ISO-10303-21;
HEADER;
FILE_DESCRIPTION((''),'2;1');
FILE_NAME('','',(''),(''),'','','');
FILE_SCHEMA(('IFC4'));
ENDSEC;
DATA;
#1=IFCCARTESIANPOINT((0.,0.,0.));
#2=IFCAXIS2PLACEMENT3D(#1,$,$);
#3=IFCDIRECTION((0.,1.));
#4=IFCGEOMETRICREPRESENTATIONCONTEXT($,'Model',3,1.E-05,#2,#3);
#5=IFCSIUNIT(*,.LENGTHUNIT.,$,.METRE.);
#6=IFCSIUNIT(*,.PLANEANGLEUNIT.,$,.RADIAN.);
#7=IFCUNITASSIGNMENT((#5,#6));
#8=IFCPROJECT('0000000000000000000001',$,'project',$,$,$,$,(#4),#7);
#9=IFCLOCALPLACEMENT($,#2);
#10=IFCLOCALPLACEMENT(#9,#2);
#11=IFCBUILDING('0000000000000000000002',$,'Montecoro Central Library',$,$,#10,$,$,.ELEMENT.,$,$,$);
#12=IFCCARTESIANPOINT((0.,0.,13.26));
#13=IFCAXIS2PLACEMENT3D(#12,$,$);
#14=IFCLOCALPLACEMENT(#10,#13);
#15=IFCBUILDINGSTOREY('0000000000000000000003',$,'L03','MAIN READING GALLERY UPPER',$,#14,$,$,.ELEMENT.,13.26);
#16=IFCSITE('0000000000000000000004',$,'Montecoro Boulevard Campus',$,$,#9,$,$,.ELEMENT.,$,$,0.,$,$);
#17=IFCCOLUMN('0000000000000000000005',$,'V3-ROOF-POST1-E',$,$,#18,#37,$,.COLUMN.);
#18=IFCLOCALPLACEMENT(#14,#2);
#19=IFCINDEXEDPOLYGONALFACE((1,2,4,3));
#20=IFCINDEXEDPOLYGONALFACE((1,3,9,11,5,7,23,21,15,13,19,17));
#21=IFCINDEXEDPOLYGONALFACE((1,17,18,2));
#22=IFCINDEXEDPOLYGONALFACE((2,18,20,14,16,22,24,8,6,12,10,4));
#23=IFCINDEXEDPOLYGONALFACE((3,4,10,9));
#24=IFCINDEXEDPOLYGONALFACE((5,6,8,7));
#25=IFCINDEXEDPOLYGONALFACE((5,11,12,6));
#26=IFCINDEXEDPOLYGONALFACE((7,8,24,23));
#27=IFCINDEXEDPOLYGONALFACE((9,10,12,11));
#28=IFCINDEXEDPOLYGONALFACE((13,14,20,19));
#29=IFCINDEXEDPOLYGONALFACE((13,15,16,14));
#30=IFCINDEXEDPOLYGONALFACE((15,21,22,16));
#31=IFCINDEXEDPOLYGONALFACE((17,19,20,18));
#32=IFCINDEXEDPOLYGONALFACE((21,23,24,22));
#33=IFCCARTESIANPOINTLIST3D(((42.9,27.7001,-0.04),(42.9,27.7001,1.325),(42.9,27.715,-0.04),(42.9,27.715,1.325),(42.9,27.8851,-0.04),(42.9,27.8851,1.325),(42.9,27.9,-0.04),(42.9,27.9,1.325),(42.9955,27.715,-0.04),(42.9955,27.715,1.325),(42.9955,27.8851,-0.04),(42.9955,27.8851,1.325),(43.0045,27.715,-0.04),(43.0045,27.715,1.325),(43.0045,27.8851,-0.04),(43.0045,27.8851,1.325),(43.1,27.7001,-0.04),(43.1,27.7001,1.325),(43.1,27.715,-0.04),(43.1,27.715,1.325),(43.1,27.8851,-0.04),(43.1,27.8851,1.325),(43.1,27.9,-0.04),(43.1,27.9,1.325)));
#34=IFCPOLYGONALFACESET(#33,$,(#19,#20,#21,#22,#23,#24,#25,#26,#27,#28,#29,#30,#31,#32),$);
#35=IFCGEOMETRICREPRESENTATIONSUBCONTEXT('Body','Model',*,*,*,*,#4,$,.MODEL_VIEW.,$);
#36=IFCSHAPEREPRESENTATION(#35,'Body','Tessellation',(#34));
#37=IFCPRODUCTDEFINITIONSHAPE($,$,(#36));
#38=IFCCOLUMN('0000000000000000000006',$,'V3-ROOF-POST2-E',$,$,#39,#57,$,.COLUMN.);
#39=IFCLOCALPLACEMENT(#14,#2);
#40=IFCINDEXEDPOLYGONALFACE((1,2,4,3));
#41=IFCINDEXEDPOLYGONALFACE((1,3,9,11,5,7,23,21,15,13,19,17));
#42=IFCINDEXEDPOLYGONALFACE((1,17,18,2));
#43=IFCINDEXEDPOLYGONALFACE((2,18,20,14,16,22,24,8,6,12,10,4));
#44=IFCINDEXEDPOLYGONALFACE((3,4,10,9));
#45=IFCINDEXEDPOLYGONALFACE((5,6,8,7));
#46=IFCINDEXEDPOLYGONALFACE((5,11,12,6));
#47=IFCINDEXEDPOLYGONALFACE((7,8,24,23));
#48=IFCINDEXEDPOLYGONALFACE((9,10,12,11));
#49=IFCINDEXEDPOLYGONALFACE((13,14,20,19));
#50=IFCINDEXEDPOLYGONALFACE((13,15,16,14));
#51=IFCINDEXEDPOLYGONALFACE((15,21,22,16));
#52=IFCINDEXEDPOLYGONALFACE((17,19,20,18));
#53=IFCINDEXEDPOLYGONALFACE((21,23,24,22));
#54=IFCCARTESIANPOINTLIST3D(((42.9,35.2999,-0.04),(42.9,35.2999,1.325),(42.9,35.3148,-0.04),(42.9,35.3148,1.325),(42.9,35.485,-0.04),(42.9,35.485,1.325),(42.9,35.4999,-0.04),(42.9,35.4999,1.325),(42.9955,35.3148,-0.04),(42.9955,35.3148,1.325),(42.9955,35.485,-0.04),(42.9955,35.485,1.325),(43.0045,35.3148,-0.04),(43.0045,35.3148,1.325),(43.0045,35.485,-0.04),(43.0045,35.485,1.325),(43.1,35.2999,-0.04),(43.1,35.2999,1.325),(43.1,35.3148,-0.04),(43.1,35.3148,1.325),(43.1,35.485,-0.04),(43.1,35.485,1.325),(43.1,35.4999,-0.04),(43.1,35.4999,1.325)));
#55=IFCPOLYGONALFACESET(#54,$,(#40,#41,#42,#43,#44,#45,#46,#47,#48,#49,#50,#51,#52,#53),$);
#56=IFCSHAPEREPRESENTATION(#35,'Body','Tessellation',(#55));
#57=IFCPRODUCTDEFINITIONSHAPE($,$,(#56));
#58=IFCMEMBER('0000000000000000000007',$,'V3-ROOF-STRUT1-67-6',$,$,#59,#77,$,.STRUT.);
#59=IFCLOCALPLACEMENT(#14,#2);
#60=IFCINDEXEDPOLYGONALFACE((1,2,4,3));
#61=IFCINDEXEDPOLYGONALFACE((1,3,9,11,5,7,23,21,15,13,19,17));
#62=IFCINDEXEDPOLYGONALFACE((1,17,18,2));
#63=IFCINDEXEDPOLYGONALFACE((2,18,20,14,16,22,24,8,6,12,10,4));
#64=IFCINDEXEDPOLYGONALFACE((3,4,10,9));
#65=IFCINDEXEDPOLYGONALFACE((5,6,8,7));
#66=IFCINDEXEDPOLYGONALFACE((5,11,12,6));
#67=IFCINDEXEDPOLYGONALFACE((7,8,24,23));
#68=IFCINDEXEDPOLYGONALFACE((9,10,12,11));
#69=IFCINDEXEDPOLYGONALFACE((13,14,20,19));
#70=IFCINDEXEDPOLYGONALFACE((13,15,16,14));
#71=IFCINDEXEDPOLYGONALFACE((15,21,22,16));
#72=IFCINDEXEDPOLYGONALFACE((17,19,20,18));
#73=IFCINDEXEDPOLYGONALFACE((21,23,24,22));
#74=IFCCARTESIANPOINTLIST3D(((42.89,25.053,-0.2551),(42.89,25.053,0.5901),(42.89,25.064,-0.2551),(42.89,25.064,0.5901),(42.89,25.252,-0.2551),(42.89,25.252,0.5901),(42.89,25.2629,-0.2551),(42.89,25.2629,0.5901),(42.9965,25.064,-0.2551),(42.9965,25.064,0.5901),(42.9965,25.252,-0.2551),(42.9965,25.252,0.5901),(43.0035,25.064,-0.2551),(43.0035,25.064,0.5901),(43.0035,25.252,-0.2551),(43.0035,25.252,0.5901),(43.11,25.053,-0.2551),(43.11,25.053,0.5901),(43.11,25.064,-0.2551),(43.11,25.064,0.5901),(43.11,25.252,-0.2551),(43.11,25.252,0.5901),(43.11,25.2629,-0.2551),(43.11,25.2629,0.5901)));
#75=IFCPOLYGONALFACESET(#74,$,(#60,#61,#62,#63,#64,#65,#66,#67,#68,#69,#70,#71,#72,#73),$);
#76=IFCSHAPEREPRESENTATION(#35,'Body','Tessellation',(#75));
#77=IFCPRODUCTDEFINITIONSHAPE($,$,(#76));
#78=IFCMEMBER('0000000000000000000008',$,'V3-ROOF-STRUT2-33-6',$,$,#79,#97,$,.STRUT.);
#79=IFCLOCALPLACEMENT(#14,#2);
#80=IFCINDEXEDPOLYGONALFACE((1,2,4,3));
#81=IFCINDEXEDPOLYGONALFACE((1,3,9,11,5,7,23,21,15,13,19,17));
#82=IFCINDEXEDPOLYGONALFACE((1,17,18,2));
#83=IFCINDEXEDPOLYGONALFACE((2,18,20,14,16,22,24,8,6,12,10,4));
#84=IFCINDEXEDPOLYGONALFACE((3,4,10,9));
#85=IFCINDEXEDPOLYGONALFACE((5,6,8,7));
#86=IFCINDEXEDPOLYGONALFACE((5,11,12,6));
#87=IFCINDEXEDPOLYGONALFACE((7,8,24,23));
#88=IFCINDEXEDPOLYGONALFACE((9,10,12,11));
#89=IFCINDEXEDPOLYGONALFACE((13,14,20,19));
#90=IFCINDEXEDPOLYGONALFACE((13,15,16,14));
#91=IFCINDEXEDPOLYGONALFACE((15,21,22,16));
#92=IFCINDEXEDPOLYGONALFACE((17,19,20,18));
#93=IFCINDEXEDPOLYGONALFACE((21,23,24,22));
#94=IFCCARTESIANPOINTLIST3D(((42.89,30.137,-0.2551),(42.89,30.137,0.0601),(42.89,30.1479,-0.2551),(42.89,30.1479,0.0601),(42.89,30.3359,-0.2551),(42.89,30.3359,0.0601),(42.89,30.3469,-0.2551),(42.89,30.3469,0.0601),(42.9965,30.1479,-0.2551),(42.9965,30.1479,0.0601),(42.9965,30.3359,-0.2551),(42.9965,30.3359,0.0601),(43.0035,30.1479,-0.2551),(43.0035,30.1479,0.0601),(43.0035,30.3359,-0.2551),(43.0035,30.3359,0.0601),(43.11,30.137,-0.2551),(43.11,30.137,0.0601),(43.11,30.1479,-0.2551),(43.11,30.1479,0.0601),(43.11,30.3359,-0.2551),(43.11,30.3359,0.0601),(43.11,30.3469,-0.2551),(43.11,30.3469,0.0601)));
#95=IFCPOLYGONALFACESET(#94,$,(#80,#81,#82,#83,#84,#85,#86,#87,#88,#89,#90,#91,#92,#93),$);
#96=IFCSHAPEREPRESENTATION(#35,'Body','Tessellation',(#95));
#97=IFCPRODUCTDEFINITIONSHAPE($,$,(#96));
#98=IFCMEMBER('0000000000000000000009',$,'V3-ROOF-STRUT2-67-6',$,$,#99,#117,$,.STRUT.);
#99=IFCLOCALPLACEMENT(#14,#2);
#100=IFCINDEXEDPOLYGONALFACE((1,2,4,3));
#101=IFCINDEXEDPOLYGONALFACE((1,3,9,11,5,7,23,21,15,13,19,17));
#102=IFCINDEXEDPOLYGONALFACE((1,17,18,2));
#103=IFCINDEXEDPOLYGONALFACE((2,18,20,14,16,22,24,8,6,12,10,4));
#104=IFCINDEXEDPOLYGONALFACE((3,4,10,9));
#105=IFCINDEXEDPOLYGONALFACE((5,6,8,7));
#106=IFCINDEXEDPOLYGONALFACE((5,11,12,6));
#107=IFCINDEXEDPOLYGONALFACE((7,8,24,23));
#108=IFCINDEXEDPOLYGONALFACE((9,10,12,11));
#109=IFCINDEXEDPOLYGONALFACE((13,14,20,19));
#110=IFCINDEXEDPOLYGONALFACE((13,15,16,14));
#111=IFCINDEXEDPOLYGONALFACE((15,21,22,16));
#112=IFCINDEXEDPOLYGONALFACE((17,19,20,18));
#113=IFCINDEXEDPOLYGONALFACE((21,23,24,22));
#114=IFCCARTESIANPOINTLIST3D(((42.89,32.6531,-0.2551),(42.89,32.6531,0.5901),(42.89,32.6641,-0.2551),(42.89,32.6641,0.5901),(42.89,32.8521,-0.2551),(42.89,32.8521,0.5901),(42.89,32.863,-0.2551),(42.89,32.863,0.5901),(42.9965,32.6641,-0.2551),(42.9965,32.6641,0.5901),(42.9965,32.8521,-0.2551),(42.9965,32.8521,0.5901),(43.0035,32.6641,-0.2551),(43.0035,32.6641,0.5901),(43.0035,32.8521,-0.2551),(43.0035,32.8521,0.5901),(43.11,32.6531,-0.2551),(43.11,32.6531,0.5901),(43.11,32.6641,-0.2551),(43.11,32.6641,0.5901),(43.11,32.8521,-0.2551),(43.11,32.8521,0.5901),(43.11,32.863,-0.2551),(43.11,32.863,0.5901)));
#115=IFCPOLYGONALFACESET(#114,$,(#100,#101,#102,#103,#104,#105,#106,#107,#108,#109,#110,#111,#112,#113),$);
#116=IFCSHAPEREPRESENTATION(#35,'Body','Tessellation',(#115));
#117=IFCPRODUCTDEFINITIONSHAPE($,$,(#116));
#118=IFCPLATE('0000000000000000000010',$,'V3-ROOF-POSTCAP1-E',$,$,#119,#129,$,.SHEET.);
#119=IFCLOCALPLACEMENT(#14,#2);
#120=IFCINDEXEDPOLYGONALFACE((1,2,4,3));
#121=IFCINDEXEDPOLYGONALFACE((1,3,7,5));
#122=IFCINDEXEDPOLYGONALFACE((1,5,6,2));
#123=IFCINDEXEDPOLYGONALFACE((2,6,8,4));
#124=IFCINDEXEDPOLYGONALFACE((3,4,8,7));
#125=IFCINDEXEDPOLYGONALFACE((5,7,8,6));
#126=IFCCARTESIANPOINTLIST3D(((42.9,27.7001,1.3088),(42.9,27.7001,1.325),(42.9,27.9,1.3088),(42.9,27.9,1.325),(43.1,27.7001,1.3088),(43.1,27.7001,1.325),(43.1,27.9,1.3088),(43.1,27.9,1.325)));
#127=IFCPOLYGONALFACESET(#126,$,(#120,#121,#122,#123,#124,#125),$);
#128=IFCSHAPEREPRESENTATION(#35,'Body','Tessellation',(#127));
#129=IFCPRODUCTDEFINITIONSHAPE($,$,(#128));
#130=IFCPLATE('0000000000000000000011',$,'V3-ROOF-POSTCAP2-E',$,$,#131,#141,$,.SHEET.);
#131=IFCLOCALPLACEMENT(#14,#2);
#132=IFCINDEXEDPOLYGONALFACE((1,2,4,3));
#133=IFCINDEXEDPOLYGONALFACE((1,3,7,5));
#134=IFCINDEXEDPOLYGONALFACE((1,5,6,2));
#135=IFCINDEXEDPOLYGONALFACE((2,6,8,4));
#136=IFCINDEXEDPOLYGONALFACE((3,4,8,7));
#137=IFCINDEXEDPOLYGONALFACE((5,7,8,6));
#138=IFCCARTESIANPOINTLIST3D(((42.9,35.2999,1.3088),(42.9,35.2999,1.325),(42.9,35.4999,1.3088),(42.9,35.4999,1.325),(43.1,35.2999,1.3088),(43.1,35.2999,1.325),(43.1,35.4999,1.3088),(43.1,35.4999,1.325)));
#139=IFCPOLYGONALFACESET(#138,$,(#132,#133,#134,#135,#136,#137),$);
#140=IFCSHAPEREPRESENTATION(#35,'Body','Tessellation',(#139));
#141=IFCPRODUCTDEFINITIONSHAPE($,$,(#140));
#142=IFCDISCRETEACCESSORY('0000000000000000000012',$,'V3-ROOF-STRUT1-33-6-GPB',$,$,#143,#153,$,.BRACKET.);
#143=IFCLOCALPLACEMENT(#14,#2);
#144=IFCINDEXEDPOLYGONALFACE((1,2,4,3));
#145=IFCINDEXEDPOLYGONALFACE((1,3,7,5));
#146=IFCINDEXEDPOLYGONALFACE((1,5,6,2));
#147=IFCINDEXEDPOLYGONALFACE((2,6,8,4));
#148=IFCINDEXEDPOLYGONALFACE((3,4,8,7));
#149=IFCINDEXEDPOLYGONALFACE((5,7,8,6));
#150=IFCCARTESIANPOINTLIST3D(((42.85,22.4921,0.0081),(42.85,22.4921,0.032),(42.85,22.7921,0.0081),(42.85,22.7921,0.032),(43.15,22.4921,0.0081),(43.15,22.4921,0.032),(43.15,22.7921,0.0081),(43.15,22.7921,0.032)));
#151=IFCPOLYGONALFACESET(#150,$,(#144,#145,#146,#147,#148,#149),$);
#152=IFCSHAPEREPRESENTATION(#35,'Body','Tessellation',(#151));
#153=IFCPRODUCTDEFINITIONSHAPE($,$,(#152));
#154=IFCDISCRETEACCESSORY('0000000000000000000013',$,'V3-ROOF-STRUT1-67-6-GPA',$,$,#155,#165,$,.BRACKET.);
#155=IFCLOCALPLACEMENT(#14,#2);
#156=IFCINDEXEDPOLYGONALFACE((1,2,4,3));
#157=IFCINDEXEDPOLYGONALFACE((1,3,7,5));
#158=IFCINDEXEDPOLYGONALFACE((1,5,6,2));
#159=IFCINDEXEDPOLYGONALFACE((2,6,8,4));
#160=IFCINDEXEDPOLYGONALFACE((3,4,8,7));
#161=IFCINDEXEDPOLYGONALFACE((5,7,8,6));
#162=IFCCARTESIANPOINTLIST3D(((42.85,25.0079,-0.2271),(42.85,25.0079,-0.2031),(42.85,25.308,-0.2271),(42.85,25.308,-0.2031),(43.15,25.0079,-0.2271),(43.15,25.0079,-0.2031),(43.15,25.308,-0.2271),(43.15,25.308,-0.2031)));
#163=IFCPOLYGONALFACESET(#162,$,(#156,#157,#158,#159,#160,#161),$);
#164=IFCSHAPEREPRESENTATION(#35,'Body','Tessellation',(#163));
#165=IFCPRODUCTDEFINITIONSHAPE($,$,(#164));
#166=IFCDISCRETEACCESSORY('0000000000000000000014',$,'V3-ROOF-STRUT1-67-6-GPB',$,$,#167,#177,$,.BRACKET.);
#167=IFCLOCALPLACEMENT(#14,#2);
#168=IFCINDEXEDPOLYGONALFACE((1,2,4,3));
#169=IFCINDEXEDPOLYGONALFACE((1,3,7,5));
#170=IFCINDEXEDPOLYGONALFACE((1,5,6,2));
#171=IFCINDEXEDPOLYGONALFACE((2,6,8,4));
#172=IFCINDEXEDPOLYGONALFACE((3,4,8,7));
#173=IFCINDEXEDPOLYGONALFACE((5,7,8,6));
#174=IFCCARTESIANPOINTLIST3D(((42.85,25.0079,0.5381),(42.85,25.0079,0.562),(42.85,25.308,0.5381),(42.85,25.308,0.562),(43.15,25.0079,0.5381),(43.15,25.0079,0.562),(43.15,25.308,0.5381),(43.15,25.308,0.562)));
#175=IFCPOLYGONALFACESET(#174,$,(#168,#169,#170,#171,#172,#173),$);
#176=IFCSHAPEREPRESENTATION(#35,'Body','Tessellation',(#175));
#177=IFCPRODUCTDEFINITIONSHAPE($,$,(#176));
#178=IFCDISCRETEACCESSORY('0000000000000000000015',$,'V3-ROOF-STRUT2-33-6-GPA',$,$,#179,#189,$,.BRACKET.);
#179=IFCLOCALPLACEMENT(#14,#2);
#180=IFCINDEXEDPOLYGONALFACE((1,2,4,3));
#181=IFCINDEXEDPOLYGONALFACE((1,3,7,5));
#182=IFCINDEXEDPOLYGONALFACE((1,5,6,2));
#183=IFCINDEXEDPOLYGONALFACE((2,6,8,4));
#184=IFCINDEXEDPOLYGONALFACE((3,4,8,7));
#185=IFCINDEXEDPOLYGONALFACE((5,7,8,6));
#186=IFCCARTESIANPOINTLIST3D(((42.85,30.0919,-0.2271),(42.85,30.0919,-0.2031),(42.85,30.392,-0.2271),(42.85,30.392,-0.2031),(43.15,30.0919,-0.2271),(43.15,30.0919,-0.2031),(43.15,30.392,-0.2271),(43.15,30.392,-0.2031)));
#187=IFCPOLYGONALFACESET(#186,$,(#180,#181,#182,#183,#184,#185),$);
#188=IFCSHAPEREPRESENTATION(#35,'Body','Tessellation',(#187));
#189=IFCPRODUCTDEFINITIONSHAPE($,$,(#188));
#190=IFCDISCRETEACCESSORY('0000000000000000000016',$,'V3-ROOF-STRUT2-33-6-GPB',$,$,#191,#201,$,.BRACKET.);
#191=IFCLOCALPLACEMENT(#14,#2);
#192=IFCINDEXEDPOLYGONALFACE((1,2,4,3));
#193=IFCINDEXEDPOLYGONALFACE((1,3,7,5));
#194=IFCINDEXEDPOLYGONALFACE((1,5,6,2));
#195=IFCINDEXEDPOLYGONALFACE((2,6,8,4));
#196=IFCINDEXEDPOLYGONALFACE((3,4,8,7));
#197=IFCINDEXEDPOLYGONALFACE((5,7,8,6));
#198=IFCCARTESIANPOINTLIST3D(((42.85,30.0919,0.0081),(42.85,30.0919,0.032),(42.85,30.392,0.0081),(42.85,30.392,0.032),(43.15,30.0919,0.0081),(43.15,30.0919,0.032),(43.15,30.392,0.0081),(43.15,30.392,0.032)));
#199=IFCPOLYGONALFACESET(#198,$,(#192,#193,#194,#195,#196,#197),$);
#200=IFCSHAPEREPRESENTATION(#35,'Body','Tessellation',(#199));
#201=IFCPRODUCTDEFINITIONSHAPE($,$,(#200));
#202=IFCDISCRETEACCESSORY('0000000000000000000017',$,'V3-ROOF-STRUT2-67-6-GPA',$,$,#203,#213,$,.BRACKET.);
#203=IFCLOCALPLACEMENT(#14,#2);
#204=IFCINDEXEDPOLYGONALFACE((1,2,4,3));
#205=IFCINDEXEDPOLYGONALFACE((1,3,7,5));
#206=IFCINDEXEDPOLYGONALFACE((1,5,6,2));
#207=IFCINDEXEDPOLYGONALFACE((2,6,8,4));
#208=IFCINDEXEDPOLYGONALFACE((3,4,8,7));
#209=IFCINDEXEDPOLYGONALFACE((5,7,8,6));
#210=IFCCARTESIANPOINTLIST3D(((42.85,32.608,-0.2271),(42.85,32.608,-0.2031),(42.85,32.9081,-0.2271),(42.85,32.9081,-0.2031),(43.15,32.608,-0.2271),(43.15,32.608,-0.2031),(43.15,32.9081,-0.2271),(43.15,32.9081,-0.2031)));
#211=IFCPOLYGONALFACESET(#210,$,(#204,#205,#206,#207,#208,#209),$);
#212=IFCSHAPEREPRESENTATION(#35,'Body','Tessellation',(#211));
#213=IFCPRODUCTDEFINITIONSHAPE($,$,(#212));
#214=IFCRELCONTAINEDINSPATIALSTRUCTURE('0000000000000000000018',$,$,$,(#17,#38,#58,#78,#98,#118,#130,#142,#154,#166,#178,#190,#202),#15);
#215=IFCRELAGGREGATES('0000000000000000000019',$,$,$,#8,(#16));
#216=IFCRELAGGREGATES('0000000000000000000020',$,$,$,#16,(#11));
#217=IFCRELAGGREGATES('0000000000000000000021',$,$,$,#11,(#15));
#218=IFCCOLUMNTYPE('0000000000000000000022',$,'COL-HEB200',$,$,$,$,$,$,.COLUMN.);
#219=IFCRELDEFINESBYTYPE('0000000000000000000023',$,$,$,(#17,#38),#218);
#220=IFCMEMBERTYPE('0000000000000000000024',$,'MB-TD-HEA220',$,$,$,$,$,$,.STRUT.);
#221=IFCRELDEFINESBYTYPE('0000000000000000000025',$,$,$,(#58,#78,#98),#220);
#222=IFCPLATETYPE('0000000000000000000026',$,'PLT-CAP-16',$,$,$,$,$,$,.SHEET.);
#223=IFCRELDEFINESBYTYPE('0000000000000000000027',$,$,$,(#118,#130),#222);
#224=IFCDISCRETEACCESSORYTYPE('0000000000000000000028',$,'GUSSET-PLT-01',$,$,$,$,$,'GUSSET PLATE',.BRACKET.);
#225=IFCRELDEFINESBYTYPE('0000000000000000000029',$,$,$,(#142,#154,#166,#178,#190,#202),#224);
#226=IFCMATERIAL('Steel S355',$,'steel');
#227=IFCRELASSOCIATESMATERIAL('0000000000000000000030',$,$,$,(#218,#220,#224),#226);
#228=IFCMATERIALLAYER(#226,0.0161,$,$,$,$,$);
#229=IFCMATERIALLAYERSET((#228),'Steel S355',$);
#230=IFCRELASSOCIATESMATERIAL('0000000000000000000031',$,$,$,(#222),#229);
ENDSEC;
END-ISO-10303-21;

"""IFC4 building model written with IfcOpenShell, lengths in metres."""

from ifc_helpers import new_model, si_unit, direction, frame, origin, origin_2d, place, context, subcontext, project, spatial, rectangle, i_section, extrude, material, layer, layer_set, material_profile, profile_set, type_object, element, save


model = new_model("IFC4")

# Units and contexts
model_context = context("Model", 3, precision=1e-05, world=origin(), true_north=direction((0.0, 1.0)))
body_context = subcontext(model_context, "Body", "Model", "MODEL_VIEW")
ifc_project = project(units=[si_unit("LENGTHUNIT", "METRE"), si_unit("PLANEANGLEUNIT", "RADIAN")], contexts=[model_context])

# Site, building, storey
site_placement = place(None, origin())
site = spatial("IfcSite", under=ifc_project, at=site_placement, Name="Montecoro Boulevard Campus", CompositionType="ELEMENT", RefElevation=0.0)
building_placement = place(site_placement, origin())
building = spatial("IfcBuilding", under=site, at=building_placement, Name="Montecoro Central Library", CompositionType="ELEMENT")
storey_placement = place(building_placement, frame((0.0, 0.0, 13.26)))
storey = spatial("IfcBuildingStorey", under=building, at=storey_placement, Name="L03", Description="MAIN READING GALLERY UPPER", CompositionType="ELEMENT", Elevation=13.26)

# Columns
ifc_material_1 = material(Name="Steel S355", Category="steel")
ifc_material_profile_1 = material_profile(ifc_material_1, i_section(OverallWidth=0.2, OverallDepth=0.2, WebThickness=0.009, FlangeThickness=0.0149, at=origin_2d()), Name="HEB 200")
ifc_profile_set_1 = profile_set([ifc_material_profile_1], Name="Steel S355")
column_type = type_object("IfcColumnType", Name="COL-HEB200", PredefinedType="COLUMN", material=ifc_profile_set_1)
for number, where, z_axis, x_axis, name in (
    (1, (43.0, 27.8, -0.04), (0.0, 0.0, 1.0), (1.0, 0.0, 0.0), "V3-ROOF-POST1-E"),
    (2, (43.0, 35.3999, -0.04), (0.0, 0.0, 1.0), (1.0, 0.0, 0.0), "V3-ROOF-POST2-E"),
):
    element("IfcColumn", number, at=place(storey_placement, frame(where, z_axis=z_axis, x_axis=x_axis)), inside=storey, type_object=column_type, Name=name, PredefinedType="COLUMN", context=body_context, shape_type="SweptSolid", body=[
        extrude(i_section(OverallWidth=0.2, OverallDepth=0.2, WebThickness=0.009, FlangeThickness=0.0149, at=origin_2d()), origin(), (0.0, 0.0, 1.0), 1.365),
    ])

# Members
ifc_material_profile_2 = material_profile(ifc_material_1, i_section(OverallWidth=0.22, OverallDepth=0.21, WebThickness=0.0071, FlangeThickness=0.011, at=origin_2d()), Name="HEA 220")
ifc_profile_set_2 = profile_set([ifc_material_profile_2], Name="Steel S355")
member_type = type_object("IfcMemberType", Name="MB-TD-HEA220", PredefinedType="STRUT", material=ifc_profile_set_2)
member_1_placement = place(storey_placement, frame((43.0, 25.158, -0.2551), z_axis=(0.0, 0.0, 1.0), x_axis=(1.0, 0.0, 0.0)))
element("IfcMember", 3, at=member_1_placement, inside=storey, type_object=member_type, Name="V3-ROOF-STRUT1-67-6", PredefinedType="STRUT", context=body_context, shape_type="SweptSolid", body=[
    extrude(i_section(OverallWidth=0.22, OverallDepth=0.21, WebThickness=0.0071, FlangeThickness=0.011, at=origin_2d()), origin(), (0.0, 0.0, 1.0), 0.8452),
])
member_2_placement = place(storey_placement, frame((43.0, 30.2419, -0.2551), z_axis=(0.0, 0.0, 1.0), x_axis=(1.0, 0.0, 0.0)))
element("IfcMember", 4, at=member_2_placement, inside=storey, type_object=member_type, Name="V3-ROOF-STRUT2-33-6", PredefinedType="STRUT", context=body_context, shape_type="SweptSolid", body=[
    extrude(i_section(OverallWidth=0.22, OverallDepth=0.21, WebThickness=0.0071, FlangeThickness=0.011, at=origin_2d()), origin(), (0.0, 0.0, 1.0), 0.3152),
])
member_3_placement = place(storey_placement, frame((43.0, 32.7581, -0.2551), z_axis=(0.0, 0.0, 1.0), x_axis=(1.0, 0.0, 0.0)))
element("IfcMember", 5, at=member_3_placement, inside=storey, type_object=member_type, Name="V3-ROOF-STRUT2-67-6", PredefinedType="STRUT", context=body_context, shape_type="SweptSolid", body=[
    extrude(i_section(OverallWidth=0.22, OverallDepth=0.21, WebThickness=0.0071, FlangeThickness=0.011, at=origin_2d()), origin(), (0.0, 0.0, 1.0), 0.8452),
])

# Plates
ifc_layer_1 = layer(ifc_material_1, 0.0161)
ifc_layer_set_1 = layer_set([ifc_layer_1], Name="Steel S355")
plate_type = type_object("IfcPlateType", Name="PLT-CAP-16", PredefinedType="SHEET", material=ifc_layer_set_1)
for number, where, z_axis, x_axis, name in (
    (6, (43.0, 27.8, 1.3088), (0.0, 0.0, 1.0), (1.0, 0.0, 0.0), "V3-ROOF-POSTCAP1-E"),
    (7, (43.0, 35.3999, 1.3088), (0.0, 0.0, 1.0), (1.0, 0.0, 0.0), "V3-ROOF-POSTCAP2-E"),
):
    element("IfcPlate", number, at=place(storey_placement, frame(where, z_axis=z_axis, x_axis=x_axis)), inside=storey, type_object=plate_type, Name=name, PredefinedType="SHEET", context=body_context, shape_type="SweptSolid", body=[
        extrude(rectangle(XDim=0.2, YDim=0.2, at=origin_2d()), origin(), (0.0, 0.0, 1.0), 0.0161),
    ])

# Discrete accessories
discrete_accessory_type = type_object("IfcDiscreteAccessoryType", Name="GUSSET-PLT-01", ElementType="GUSSET PLATE", PredefinedType="BRACKET", material=ifc_material_1)
for number, where, z_axis, x_axis, name in (
    (8, (43.0, 22.6421, 0.0081), (0.0, 0.0, 1.0), (1.0, 0.0, 0.0), "V3-ROOF-STRUT1-33-6-GPB"),
    (9, (43.0, 25.158, -0.2271), (0.0, 0.0, 1.0), (1.0, 0.0, 0.0), "V3-ROOF-STRUT1-67-6-GPA"),
    (10, (43.0, 25.158, 0.5381), (0.0, 0.0, 1.0), (1.0, 0.0, 0.0), "V3-ROOF-STRUT1-67-6-GPB"),
    (11, (43.0, 30.2419, -0.2271), (0.0, 0.0, 1.0), (1.0, 0.0, 0.0), "V3-ROOF-STRUT2-33-6-GPA"),
    (12, (43.0, 30.2419, 0.0081), (0.0, 0.0, 1.0), (1.0, 0.0, 0.0), "V3-ROOF-STRUT2-33-6-GPB"),
    (13, (43.0, 32.7581, -0.2271), (0.0, 0.0, 1.0), (1.0, 0.0, 0.0), "V3-ROOF-STRUT2-67-6-GPA"),
):
    element("IfcDiscreteAccessory", number, at=place(storey_placement, frame(where, z_axis=z_axis, x_axis=x_axis)), inside=storey, type_object=discrete_accessory_type, Name=name, PredefinedType="BRACKET", context=body_context, shape_type="SweptSolid", body=[
        extrude(rectangle(XDim=0.3, YDim=0.3, at=origin_2d()), origin(), (0.0, 0.0, 1.0), 0.0239),
    ])

save(model, "model.ifc")
